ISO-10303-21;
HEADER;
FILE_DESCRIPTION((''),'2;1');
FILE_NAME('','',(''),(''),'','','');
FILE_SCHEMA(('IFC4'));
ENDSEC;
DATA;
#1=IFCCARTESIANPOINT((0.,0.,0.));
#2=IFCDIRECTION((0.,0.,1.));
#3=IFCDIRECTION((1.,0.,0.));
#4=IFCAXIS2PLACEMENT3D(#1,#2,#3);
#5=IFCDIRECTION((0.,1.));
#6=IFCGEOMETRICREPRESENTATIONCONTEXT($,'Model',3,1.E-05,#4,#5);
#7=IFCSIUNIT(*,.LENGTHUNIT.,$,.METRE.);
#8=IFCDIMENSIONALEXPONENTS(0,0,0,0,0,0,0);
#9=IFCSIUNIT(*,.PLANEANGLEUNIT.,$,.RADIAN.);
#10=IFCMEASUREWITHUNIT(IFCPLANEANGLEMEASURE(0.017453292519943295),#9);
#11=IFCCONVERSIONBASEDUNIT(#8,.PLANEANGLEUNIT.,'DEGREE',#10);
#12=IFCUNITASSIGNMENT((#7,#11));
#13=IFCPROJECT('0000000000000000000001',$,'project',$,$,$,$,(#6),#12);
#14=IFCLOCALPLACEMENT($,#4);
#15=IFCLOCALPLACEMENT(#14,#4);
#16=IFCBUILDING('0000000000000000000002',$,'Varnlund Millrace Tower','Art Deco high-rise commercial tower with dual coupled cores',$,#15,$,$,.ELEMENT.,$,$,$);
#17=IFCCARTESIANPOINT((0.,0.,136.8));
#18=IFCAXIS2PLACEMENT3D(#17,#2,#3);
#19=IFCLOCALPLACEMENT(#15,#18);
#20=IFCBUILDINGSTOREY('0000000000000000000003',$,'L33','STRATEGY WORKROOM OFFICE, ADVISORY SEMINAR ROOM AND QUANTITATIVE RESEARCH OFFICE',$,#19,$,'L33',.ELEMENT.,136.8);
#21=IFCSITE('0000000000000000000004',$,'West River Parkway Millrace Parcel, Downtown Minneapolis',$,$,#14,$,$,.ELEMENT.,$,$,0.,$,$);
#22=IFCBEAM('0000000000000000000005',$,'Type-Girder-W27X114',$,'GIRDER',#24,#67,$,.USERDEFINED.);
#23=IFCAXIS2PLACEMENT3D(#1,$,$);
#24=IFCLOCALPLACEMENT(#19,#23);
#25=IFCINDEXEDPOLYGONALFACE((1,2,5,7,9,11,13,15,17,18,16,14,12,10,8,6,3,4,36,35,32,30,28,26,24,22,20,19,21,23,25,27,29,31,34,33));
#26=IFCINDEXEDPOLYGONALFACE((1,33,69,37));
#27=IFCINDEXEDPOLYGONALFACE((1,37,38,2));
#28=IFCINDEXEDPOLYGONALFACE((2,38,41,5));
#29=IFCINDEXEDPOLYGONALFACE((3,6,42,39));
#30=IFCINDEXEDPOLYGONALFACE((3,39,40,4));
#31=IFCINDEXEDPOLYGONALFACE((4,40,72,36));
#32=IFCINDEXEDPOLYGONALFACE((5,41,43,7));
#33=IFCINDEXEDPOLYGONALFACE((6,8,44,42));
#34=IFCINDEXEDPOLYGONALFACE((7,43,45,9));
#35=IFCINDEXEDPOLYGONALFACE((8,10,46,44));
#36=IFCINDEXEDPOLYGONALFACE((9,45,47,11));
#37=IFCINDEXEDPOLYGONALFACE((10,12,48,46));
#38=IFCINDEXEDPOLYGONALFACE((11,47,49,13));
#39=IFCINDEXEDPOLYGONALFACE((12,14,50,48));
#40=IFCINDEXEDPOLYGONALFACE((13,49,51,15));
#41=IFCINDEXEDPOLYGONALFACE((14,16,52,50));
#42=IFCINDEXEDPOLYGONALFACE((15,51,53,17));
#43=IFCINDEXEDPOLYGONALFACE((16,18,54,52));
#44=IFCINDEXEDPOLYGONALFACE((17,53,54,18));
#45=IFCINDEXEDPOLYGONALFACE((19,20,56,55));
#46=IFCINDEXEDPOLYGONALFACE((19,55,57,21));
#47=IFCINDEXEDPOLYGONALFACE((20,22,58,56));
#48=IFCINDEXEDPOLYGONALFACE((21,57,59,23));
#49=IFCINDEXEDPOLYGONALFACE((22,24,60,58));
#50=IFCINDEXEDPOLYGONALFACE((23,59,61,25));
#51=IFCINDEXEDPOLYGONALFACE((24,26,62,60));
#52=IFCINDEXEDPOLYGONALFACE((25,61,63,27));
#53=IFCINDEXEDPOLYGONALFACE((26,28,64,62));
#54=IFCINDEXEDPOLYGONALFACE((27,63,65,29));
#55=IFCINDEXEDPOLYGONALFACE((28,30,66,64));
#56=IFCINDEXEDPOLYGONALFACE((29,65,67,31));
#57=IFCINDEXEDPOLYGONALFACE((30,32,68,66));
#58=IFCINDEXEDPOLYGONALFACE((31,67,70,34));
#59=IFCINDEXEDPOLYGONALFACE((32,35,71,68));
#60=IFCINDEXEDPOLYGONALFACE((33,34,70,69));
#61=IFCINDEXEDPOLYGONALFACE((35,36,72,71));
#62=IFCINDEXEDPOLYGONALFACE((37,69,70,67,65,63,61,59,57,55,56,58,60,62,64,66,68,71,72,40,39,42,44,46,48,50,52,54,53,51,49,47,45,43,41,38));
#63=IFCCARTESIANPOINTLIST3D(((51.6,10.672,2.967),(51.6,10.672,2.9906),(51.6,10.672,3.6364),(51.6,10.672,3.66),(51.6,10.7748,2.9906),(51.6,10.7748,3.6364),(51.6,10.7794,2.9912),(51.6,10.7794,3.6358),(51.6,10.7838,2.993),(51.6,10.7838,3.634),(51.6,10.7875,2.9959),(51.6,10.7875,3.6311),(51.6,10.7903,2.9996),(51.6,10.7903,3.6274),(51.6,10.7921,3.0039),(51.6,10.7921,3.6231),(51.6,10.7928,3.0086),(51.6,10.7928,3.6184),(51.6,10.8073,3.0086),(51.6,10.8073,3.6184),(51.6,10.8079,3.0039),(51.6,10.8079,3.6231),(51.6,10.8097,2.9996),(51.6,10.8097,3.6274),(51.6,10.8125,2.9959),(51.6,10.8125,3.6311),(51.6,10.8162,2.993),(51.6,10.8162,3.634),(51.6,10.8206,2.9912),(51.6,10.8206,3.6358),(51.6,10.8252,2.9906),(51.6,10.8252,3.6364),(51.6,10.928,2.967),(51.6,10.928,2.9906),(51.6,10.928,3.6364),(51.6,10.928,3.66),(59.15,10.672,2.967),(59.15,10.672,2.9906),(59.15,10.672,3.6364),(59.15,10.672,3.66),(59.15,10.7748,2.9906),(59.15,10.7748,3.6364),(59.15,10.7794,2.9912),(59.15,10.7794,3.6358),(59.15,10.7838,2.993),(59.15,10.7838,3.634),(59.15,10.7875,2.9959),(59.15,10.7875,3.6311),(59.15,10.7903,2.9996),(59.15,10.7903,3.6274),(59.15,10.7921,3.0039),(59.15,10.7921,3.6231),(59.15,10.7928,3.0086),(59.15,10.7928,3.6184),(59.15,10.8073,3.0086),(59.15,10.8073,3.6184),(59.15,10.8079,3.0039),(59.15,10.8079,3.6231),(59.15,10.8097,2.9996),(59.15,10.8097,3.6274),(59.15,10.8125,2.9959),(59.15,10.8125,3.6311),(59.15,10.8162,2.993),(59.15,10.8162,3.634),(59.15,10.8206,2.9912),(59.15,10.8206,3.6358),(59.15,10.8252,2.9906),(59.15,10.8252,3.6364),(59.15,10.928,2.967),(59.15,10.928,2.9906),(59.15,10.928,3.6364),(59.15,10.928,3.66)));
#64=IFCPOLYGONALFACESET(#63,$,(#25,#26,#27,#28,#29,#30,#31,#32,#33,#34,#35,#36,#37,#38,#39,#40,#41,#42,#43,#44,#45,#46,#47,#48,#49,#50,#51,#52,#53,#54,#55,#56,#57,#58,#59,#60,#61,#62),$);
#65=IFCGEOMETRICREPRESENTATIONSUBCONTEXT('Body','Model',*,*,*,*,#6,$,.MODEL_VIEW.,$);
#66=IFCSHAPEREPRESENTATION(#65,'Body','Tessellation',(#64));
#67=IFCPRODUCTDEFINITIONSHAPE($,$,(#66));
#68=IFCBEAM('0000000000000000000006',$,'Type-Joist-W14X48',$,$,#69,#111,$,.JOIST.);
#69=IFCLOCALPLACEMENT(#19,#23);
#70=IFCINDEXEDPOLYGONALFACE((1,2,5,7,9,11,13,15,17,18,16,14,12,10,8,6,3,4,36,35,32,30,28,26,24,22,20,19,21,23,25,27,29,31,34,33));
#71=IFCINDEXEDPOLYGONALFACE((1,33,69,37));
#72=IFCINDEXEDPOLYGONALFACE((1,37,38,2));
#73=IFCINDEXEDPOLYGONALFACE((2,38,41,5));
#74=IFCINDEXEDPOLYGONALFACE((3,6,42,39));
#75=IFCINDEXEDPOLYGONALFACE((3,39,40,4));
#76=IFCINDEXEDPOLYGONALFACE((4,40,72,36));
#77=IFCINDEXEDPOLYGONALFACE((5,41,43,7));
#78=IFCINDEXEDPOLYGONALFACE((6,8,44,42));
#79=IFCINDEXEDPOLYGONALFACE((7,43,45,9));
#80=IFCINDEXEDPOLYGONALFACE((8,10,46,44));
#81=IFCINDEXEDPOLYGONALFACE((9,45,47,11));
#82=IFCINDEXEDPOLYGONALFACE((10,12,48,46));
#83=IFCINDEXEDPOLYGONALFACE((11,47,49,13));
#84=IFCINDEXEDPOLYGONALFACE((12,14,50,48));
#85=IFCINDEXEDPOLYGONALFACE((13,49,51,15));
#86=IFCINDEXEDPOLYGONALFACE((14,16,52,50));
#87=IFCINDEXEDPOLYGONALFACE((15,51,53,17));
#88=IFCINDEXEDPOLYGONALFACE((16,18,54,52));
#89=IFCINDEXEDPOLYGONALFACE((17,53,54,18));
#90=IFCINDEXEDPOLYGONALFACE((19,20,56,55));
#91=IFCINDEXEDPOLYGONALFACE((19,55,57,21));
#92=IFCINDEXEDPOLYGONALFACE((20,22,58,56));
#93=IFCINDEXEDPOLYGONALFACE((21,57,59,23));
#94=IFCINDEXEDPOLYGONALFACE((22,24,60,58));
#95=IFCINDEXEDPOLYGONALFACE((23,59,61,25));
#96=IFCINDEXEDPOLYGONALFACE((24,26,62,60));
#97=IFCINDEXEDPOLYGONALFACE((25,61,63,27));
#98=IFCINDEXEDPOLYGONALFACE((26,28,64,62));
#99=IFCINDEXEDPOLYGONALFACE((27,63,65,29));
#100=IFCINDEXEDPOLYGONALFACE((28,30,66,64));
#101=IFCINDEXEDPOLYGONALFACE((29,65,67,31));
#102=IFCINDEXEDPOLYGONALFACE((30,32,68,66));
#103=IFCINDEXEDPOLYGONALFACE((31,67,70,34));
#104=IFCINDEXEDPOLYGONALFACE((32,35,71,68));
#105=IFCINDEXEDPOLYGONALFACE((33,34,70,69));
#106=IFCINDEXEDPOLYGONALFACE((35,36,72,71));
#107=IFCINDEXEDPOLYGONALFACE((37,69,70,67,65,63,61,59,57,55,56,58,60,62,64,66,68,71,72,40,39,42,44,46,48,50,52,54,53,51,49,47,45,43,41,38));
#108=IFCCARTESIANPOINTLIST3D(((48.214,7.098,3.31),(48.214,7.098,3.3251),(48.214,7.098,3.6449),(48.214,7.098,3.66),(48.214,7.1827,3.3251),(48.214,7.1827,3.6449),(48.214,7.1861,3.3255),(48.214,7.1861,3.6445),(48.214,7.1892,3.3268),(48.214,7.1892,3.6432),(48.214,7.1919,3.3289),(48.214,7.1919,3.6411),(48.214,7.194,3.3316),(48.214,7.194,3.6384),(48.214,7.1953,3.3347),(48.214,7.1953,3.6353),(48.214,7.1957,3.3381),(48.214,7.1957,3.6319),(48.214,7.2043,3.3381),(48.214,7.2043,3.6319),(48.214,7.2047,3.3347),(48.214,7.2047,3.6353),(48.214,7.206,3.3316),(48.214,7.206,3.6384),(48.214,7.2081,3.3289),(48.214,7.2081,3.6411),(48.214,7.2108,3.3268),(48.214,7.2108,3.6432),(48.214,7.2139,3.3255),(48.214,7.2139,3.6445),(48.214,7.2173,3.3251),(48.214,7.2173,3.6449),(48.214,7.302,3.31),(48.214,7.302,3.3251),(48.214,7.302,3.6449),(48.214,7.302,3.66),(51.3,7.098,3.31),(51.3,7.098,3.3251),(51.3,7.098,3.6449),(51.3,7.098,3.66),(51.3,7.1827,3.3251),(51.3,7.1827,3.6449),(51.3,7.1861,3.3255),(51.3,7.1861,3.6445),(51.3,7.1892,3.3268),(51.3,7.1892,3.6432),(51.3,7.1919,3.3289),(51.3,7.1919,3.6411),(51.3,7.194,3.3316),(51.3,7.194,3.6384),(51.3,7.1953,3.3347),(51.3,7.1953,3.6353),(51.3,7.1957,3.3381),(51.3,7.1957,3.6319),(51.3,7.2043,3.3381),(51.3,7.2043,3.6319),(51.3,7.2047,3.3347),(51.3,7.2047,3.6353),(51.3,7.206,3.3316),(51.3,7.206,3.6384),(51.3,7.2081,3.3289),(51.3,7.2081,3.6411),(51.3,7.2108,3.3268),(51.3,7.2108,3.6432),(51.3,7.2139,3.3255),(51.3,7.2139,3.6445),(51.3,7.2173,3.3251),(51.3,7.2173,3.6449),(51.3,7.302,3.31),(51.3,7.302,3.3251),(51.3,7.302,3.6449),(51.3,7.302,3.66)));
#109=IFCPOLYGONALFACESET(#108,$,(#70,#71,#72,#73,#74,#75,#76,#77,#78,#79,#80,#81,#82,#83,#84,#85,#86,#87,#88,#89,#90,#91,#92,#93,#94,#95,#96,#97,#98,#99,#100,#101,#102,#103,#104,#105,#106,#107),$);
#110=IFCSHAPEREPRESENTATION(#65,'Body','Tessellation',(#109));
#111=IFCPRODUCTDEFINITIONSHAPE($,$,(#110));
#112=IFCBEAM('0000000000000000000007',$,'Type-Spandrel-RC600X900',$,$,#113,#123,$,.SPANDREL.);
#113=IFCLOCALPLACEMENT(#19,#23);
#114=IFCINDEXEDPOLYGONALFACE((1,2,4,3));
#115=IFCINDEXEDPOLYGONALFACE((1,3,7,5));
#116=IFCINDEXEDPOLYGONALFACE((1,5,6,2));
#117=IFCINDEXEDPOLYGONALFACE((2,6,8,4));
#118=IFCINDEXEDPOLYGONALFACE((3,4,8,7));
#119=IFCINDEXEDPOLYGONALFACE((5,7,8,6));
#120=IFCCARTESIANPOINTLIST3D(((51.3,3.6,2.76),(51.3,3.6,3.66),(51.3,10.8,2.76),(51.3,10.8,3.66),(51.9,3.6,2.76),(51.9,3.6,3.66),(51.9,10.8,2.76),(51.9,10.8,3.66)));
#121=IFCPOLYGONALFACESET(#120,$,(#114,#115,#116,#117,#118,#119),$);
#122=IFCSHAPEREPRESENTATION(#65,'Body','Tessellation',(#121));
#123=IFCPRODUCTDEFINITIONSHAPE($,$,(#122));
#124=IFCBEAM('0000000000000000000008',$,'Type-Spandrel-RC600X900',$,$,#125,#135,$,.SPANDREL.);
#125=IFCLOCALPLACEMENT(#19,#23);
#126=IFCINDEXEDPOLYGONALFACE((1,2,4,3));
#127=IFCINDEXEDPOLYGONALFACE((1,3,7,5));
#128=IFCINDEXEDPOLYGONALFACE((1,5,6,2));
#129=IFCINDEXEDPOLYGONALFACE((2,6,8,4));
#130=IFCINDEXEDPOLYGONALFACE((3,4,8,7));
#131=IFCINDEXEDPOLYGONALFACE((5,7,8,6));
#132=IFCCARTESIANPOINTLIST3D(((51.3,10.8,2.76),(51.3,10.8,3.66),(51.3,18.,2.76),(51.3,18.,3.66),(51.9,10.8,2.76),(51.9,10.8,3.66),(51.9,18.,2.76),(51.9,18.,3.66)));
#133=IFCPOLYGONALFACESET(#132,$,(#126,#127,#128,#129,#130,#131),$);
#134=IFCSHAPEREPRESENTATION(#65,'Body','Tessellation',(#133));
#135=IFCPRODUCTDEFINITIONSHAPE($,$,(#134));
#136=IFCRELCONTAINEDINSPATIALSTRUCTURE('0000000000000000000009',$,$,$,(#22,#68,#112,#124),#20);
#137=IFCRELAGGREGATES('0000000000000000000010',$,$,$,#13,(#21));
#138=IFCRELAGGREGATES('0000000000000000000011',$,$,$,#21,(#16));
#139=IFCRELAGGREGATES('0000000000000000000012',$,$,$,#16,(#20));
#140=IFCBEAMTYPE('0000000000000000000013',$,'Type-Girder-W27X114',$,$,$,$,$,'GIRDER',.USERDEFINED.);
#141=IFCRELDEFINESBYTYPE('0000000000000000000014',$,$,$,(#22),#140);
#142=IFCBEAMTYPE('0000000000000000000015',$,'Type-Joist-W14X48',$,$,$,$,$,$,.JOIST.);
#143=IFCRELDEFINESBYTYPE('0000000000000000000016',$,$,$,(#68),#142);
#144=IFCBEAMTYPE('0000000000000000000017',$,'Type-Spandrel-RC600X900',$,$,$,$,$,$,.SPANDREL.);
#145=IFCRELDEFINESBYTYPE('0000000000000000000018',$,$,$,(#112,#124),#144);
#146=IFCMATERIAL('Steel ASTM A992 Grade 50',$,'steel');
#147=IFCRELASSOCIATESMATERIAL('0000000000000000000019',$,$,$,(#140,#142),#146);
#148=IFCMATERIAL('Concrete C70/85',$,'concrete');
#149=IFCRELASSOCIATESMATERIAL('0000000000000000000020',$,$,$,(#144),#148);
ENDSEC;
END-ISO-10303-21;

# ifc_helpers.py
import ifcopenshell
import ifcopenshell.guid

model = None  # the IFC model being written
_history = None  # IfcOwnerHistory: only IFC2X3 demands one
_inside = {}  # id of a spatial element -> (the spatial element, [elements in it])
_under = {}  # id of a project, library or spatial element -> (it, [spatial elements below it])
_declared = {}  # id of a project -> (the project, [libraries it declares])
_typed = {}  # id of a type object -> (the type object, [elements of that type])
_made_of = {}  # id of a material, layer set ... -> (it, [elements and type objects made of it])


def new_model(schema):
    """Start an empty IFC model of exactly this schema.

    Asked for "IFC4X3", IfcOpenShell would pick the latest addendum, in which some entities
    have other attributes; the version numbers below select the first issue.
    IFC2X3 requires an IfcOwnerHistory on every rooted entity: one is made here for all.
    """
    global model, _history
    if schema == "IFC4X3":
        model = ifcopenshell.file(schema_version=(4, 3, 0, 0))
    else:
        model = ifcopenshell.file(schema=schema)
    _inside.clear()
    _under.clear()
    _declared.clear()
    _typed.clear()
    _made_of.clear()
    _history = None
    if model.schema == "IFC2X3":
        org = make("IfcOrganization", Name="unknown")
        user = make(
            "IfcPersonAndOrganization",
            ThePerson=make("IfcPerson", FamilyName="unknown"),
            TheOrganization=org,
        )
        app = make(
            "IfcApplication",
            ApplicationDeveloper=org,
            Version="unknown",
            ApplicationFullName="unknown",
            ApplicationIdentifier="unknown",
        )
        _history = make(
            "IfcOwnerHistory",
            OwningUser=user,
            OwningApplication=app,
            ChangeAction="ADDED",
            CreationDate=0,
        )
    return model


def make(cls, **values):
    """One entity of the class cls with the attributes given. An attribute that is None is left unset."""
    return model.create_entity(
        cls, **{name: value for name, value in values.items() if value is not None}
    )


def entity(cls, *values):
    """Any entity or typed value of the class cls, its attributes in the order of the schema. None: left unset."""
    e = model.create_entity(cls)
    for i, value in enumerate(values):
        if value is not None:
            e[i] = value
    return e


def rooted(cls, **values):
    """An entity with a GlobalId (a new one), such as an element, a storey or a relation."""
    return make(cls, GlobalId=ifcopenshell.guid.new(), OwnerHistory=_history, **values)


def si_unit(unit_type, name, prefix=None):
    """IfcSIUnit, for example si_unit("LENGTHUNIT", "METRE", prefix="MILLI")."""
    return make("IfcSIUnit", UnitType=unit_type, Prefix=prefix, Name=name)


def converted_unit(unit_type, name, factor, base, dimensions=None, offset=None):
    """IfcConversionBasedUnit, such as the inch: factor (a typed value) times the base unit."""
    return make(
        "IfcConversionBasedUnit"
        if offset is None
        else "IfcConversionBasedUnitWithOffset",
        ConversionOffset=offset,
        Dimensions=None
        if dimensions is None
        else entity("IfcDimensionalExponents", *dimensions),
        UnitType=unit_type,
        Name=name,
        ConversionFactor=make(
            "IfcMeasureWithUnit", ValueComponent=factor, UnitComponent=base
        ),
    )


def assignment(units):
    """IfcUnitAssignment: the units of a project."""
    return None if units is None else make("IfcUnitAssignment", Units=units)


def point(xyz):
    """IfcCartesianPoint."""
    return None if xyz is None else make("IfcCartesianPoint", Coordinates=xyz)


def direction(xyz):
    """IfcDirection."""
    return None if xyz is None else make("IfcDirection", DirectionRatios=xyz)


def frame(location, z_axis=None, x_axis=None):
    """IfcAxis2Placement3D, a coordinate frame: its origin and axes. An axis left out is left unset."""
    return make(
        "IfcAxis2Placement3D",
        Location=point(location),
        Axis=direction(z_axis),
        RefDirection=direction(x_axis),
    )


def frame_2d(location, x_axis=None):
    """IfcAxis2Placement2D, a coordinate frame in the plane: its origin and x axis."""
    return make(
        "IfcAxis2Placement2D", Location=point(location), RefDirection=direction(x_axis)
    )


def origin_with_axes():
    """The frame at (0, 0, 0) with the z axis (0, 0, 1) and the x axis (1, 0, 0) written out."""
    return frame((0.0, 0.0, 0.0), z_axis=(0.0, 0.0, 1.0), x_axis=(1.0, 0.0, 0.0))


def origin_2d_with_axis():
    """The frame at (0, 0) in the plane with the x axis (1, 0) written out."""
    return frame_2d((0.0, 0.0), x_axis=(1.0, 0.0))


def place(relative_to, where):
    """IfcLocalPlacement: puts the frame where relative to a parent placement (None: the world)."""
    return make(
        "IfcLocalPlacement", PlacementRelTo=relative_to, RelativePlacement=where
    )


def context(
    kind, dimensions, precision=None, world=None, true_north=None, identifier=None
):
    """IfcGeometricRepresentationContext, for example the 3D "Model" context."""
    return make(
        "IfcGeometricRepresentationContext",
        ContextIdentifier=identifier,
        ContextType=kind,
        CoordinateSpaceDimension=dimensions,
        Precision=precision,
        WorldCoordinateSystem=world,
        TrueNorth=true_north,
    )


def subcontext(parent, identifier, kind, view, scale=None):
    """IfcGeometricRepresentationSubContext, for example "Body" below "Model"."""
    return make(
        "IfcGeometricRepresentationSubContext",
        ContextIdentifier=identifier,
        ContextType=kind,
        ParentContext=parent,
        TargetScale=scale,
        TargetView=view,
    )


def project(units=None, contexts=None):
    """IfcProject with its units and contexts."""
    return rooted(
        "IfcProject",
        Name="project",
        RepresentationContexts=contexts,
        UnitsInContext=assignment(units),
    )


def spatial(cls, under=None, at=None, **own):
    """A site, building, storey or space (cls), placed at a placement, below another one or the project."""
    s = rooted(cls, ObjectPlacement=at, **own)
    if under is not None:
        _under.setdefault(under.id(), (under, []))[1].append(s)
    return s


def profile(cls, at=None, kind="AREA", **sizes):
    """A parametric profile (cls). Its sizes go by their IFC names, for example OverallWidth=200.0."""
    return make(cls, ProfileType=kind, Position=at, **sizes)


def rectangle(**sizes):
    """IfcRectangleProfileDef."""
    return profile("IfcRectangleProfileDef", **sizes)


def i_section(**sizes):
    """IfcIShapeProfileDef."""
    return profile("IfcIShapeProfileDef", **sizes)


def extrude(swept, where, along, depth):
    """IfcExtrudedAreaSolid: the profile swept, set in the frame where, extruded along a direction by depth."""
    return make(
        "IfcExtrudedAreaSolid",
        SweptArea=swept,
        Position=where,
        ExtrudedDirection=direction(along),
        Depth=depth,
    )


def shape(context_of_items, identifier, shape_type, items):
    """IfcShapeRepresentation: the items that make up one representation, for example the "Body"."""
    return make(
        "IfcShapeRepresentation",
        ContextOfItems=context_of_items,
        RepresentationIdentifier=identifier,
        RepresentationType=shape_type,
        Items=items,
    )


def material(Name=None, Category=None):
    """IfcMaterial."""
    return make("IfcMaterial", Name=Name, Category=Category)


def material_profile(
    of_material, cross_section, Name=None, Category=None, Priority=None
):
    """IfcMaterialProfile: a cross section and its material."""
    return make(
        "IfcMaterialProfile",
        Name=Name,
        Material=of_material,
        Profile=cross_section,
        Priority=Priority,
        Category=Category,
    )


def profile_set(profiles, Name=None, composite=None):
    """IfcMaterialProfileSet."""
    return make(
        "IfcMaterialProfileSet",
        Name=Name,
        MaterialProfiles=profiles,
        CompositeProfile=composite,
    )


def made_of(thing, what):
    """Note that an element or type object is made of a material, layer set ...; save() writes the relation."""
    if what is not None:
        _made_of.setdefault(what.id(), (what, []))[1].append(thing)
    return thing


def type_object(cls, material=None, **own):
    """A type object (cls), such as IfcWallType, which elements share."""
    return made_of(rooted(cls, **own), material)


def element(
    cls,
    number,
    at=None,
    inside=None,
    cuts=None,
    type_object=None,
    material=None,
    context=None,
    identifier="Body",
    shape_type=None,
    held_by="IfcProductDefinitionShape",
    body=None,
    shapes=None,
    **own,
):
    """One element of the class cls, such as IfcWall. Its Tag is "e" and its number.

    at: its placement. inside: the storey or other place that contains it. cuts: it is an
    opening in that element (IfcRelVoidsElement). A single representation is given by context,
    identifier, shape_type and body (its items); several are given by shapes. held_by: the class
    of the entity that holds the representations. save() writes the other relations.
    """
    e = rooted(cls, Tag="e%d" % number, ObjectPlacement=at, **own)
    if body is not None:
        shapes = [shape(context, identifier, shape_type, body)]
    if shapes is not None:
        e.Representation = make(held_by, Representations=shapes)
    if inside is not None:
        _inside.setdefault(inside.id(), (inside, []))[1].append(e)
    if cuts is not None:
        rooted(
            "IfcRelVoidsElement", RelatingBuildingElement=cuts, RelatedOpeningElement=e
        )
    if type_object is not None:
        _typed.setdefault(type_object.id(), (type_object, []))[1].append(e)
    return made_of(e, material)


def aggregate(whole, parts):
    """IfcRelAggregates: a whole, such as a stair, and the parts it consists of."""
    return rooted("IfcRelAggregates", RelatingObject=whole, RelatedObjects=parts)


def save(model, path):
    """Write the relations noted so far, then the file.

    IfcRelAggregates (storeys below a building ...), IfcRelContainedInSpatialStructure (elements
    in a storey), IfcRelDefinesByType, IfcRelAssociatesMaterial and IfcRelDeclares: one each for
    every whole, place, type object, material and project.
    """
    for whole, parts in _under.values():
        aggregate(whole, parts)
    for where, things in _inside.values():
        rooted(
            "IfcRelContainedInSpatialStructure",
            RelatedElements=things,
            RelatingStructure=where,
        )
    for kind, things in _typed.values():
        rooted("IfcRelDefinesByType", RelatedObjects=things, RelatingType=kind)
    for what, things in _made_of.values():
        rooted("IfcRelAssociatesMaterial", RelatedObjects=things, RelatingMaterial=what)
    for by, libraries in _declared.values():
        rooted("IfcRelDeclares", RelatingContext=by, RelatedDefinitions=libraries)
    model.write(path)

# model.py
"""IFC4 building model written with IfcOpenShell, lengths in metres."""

from ifc_helpers import new_model, entity, si_unit, converted_unit, direction, frame, origin_with_axes, origin_2d_with_axis, place, context, subcontext, project, spatial, rectangle, i_section, extrude, material, material_profile, profile_set, type_object, element, save


model = new_model("IFC4")

# Units and contexts
model_context = context("Model", 3, precision=1e-05, world=origin_with_axes(), true_north=direction((0.0, 1.0)))
body_context = subcontext(model_context, "Body", "Model", "MODEL_VIEW")
ifc_project = project(units=[si_unit("LENGTHUNIT", "METRE"), converted_unit("PLANEANGLEUNIT", "DEGREE", entity("IfcPlaneAngleMeasure", 0.017453292519943295), si_unit("PLANEANGLEUNIT", "RADIAN"), dimensions=[0, 0, 0, 0, 0, 0, 0])], contexts=[model_context])

# Site, building, storey
site_placement = place(None, origin_with_axes())
site = spatial("IfcSite", under=ifc_project, at=site_placement, Name="West River Parkway Millrace Parcel, Downtown Minneapolis", CompositionType="ELEMENT", RefElevation=0.0)
building_placement = place(site_placement, origin_with_axes())
building = spatial("IfcBuilding", under=site, at=building_placement, Name="Varnlund Millrace Tower", Description="Art Deco high-rise commercial tower with dual coupled cores", CompositionType="ELEMENT")
storey_placement = place(building_placement, frame((0.0, 0.0, 136.8), z_axis=(0.0, 0.0, 1.0), x_axis=(1.0, 0.0, 0.0)))
storey = spatial("IfcBuildingStorey", under=building, at=storey_placement, Name="L33", Description="STRATEGY WORKROOM OFFICE, ADVISORY SEMINAR ROOM AND QUANTITATIVE RESEARCH OFFICE", LongName="L33", CompositionType="ELEMENT", Elevation=136.8)

# Beams
ifc_material_1 = material(Name="Steel ASTM A992 Grade 50", Category="steel")
ifc_material_profile_1 = material_profile(ifc_material_1, i_section(OverallWidth=0.256, OverallDepth=0.693, WebThickness=0.0145, FlangeThickness=0.0236, FilletRadius=0.018, at=origin_2d_with_axis()), Name="Steel ASTM A992 Grade 50")
ifc_profile_set_1 = profile_set([ifc_material_profile_1], Name="Steel ASTM A992 Grade 50")
beam_type_1 = type_object("IfcBeamType", Name="Type-Girder-W27X114", ElementType="GIRDER", PredefinedType="USERDEFINED", material=ifc_profile_set_1)
beam_1_placement = place(storey_placement, frame((51.6, 10.8, 3.3135), z_axis=(1.0, 0.0, 0.0), x_axis=(0.0, 1.0, 0.0)))
element("IfcBeam", 1, at=beam_1_placement, inside=storey, type_object=beam_type_1, Name="Type-Girder-W27X114", ObjectType="GIRDER", PredefinedType="USERDEFINED", context=body_context, shape_type="SweptSolid", body=[
    extrude(i_section(OverallWidth=0.256, OverallDepth=0.693, WebThickness=0.0145, FlangeThickness=0.0236, FilletRadius=0.018, at=origin_2d_with_axis()), origin_with_axes(), (0.0, 0.0, 1.0), 7.55),
])
ifc_material_profile_2 = material_profile(ifc_material_1, i_section(OverallWidth=0.204, OverallDepth=0.35, WebThickness=0.0086, FlangeThickness=0.0151, FilletRadius=0.013, at=origin_2d_with_axis()), Name="Steel ASTM A992 Grade 50")
ifc_profile_set_2 = profile_set([ifc_material_profile_2], Name="Steel ASTM A992 Grade 50")
beam_type_2 = type_object("IfcBeamType", Name="Type-Joist-W14X48", PredefinedType="JOIST", material=ifc_profile_set_2)
beam_2_placement = place(storey_placement, frame((48.214, 7.2, 3.485), z_axis=(1.0, 0.0, 0.0), x_axis=(0.0, 1.0, 0.0)))
element("IfcBeam", 2, at=beam_2_placement, inside=storey, type_object=beam_type_2, Name="Type-Joist-W14X48", PredefinedType="JOIST", context=body_context, shape_type="SweptSolid", body=[
    extrude(i_section(OverallWidth=0.204, OverallDepth=0.35, WebThickness=0.0086, FlangeThickness=0.0151, FilletRadius=0.013, at=origin_2d_with_axis()), origin_with_axes(), (0.0, 0.0, 1.0), 3.086),
])
ifc_material_2 = material(Name="Concrete C70/85", Category="concrete")
ifc_material_profile_3 = material_profile(ifc_material_2, rectangle(XDim=0.6, YDim=0.9, at=origin_2d_with_axis()), Name="Concrete C70/85")
ifc_profile_set_3 = profile_set([ifc_material_profile_3], Name="Concrete C70/85")
beam_type_3 = type_object("IfcBeamType", Name="Type-Spandrel-RC600X900", PredefinedType="SPANDREL", material=ifc_profile_set_3)
for number, where, z_axis, x_axis, name in (
    (3, (51.6, 3.6, 3.21), (0.0, 1.0, 0.0), (-1.0, 0.0, 0.0), "Type-Spandrel-RC600X900"),
    (4, (51.6, 10.8, 3.21), (0.0, 1.0, 0.0), (-1.0, 0.0, 0.0), "Type-Spandrel-RC600X900"),
):
    element("IfcBeam", number, at=place(storey_placement, frame(where, z_axis=z_axis, x_axis=x_axis)), inside=storey, type_object=beam_type_3, Name=name, PredefinedType="SPANDREL", context=body_context, shape_type="SweptSolid", body=[
        extrude(rectangle(XDim=0.6, YDim=0.9, at=origin_2d_with_axis()), origin_with_axes(), (0.0, 0.0, 1.0), 7.2),
    ])

save(model, "model.ifc")
